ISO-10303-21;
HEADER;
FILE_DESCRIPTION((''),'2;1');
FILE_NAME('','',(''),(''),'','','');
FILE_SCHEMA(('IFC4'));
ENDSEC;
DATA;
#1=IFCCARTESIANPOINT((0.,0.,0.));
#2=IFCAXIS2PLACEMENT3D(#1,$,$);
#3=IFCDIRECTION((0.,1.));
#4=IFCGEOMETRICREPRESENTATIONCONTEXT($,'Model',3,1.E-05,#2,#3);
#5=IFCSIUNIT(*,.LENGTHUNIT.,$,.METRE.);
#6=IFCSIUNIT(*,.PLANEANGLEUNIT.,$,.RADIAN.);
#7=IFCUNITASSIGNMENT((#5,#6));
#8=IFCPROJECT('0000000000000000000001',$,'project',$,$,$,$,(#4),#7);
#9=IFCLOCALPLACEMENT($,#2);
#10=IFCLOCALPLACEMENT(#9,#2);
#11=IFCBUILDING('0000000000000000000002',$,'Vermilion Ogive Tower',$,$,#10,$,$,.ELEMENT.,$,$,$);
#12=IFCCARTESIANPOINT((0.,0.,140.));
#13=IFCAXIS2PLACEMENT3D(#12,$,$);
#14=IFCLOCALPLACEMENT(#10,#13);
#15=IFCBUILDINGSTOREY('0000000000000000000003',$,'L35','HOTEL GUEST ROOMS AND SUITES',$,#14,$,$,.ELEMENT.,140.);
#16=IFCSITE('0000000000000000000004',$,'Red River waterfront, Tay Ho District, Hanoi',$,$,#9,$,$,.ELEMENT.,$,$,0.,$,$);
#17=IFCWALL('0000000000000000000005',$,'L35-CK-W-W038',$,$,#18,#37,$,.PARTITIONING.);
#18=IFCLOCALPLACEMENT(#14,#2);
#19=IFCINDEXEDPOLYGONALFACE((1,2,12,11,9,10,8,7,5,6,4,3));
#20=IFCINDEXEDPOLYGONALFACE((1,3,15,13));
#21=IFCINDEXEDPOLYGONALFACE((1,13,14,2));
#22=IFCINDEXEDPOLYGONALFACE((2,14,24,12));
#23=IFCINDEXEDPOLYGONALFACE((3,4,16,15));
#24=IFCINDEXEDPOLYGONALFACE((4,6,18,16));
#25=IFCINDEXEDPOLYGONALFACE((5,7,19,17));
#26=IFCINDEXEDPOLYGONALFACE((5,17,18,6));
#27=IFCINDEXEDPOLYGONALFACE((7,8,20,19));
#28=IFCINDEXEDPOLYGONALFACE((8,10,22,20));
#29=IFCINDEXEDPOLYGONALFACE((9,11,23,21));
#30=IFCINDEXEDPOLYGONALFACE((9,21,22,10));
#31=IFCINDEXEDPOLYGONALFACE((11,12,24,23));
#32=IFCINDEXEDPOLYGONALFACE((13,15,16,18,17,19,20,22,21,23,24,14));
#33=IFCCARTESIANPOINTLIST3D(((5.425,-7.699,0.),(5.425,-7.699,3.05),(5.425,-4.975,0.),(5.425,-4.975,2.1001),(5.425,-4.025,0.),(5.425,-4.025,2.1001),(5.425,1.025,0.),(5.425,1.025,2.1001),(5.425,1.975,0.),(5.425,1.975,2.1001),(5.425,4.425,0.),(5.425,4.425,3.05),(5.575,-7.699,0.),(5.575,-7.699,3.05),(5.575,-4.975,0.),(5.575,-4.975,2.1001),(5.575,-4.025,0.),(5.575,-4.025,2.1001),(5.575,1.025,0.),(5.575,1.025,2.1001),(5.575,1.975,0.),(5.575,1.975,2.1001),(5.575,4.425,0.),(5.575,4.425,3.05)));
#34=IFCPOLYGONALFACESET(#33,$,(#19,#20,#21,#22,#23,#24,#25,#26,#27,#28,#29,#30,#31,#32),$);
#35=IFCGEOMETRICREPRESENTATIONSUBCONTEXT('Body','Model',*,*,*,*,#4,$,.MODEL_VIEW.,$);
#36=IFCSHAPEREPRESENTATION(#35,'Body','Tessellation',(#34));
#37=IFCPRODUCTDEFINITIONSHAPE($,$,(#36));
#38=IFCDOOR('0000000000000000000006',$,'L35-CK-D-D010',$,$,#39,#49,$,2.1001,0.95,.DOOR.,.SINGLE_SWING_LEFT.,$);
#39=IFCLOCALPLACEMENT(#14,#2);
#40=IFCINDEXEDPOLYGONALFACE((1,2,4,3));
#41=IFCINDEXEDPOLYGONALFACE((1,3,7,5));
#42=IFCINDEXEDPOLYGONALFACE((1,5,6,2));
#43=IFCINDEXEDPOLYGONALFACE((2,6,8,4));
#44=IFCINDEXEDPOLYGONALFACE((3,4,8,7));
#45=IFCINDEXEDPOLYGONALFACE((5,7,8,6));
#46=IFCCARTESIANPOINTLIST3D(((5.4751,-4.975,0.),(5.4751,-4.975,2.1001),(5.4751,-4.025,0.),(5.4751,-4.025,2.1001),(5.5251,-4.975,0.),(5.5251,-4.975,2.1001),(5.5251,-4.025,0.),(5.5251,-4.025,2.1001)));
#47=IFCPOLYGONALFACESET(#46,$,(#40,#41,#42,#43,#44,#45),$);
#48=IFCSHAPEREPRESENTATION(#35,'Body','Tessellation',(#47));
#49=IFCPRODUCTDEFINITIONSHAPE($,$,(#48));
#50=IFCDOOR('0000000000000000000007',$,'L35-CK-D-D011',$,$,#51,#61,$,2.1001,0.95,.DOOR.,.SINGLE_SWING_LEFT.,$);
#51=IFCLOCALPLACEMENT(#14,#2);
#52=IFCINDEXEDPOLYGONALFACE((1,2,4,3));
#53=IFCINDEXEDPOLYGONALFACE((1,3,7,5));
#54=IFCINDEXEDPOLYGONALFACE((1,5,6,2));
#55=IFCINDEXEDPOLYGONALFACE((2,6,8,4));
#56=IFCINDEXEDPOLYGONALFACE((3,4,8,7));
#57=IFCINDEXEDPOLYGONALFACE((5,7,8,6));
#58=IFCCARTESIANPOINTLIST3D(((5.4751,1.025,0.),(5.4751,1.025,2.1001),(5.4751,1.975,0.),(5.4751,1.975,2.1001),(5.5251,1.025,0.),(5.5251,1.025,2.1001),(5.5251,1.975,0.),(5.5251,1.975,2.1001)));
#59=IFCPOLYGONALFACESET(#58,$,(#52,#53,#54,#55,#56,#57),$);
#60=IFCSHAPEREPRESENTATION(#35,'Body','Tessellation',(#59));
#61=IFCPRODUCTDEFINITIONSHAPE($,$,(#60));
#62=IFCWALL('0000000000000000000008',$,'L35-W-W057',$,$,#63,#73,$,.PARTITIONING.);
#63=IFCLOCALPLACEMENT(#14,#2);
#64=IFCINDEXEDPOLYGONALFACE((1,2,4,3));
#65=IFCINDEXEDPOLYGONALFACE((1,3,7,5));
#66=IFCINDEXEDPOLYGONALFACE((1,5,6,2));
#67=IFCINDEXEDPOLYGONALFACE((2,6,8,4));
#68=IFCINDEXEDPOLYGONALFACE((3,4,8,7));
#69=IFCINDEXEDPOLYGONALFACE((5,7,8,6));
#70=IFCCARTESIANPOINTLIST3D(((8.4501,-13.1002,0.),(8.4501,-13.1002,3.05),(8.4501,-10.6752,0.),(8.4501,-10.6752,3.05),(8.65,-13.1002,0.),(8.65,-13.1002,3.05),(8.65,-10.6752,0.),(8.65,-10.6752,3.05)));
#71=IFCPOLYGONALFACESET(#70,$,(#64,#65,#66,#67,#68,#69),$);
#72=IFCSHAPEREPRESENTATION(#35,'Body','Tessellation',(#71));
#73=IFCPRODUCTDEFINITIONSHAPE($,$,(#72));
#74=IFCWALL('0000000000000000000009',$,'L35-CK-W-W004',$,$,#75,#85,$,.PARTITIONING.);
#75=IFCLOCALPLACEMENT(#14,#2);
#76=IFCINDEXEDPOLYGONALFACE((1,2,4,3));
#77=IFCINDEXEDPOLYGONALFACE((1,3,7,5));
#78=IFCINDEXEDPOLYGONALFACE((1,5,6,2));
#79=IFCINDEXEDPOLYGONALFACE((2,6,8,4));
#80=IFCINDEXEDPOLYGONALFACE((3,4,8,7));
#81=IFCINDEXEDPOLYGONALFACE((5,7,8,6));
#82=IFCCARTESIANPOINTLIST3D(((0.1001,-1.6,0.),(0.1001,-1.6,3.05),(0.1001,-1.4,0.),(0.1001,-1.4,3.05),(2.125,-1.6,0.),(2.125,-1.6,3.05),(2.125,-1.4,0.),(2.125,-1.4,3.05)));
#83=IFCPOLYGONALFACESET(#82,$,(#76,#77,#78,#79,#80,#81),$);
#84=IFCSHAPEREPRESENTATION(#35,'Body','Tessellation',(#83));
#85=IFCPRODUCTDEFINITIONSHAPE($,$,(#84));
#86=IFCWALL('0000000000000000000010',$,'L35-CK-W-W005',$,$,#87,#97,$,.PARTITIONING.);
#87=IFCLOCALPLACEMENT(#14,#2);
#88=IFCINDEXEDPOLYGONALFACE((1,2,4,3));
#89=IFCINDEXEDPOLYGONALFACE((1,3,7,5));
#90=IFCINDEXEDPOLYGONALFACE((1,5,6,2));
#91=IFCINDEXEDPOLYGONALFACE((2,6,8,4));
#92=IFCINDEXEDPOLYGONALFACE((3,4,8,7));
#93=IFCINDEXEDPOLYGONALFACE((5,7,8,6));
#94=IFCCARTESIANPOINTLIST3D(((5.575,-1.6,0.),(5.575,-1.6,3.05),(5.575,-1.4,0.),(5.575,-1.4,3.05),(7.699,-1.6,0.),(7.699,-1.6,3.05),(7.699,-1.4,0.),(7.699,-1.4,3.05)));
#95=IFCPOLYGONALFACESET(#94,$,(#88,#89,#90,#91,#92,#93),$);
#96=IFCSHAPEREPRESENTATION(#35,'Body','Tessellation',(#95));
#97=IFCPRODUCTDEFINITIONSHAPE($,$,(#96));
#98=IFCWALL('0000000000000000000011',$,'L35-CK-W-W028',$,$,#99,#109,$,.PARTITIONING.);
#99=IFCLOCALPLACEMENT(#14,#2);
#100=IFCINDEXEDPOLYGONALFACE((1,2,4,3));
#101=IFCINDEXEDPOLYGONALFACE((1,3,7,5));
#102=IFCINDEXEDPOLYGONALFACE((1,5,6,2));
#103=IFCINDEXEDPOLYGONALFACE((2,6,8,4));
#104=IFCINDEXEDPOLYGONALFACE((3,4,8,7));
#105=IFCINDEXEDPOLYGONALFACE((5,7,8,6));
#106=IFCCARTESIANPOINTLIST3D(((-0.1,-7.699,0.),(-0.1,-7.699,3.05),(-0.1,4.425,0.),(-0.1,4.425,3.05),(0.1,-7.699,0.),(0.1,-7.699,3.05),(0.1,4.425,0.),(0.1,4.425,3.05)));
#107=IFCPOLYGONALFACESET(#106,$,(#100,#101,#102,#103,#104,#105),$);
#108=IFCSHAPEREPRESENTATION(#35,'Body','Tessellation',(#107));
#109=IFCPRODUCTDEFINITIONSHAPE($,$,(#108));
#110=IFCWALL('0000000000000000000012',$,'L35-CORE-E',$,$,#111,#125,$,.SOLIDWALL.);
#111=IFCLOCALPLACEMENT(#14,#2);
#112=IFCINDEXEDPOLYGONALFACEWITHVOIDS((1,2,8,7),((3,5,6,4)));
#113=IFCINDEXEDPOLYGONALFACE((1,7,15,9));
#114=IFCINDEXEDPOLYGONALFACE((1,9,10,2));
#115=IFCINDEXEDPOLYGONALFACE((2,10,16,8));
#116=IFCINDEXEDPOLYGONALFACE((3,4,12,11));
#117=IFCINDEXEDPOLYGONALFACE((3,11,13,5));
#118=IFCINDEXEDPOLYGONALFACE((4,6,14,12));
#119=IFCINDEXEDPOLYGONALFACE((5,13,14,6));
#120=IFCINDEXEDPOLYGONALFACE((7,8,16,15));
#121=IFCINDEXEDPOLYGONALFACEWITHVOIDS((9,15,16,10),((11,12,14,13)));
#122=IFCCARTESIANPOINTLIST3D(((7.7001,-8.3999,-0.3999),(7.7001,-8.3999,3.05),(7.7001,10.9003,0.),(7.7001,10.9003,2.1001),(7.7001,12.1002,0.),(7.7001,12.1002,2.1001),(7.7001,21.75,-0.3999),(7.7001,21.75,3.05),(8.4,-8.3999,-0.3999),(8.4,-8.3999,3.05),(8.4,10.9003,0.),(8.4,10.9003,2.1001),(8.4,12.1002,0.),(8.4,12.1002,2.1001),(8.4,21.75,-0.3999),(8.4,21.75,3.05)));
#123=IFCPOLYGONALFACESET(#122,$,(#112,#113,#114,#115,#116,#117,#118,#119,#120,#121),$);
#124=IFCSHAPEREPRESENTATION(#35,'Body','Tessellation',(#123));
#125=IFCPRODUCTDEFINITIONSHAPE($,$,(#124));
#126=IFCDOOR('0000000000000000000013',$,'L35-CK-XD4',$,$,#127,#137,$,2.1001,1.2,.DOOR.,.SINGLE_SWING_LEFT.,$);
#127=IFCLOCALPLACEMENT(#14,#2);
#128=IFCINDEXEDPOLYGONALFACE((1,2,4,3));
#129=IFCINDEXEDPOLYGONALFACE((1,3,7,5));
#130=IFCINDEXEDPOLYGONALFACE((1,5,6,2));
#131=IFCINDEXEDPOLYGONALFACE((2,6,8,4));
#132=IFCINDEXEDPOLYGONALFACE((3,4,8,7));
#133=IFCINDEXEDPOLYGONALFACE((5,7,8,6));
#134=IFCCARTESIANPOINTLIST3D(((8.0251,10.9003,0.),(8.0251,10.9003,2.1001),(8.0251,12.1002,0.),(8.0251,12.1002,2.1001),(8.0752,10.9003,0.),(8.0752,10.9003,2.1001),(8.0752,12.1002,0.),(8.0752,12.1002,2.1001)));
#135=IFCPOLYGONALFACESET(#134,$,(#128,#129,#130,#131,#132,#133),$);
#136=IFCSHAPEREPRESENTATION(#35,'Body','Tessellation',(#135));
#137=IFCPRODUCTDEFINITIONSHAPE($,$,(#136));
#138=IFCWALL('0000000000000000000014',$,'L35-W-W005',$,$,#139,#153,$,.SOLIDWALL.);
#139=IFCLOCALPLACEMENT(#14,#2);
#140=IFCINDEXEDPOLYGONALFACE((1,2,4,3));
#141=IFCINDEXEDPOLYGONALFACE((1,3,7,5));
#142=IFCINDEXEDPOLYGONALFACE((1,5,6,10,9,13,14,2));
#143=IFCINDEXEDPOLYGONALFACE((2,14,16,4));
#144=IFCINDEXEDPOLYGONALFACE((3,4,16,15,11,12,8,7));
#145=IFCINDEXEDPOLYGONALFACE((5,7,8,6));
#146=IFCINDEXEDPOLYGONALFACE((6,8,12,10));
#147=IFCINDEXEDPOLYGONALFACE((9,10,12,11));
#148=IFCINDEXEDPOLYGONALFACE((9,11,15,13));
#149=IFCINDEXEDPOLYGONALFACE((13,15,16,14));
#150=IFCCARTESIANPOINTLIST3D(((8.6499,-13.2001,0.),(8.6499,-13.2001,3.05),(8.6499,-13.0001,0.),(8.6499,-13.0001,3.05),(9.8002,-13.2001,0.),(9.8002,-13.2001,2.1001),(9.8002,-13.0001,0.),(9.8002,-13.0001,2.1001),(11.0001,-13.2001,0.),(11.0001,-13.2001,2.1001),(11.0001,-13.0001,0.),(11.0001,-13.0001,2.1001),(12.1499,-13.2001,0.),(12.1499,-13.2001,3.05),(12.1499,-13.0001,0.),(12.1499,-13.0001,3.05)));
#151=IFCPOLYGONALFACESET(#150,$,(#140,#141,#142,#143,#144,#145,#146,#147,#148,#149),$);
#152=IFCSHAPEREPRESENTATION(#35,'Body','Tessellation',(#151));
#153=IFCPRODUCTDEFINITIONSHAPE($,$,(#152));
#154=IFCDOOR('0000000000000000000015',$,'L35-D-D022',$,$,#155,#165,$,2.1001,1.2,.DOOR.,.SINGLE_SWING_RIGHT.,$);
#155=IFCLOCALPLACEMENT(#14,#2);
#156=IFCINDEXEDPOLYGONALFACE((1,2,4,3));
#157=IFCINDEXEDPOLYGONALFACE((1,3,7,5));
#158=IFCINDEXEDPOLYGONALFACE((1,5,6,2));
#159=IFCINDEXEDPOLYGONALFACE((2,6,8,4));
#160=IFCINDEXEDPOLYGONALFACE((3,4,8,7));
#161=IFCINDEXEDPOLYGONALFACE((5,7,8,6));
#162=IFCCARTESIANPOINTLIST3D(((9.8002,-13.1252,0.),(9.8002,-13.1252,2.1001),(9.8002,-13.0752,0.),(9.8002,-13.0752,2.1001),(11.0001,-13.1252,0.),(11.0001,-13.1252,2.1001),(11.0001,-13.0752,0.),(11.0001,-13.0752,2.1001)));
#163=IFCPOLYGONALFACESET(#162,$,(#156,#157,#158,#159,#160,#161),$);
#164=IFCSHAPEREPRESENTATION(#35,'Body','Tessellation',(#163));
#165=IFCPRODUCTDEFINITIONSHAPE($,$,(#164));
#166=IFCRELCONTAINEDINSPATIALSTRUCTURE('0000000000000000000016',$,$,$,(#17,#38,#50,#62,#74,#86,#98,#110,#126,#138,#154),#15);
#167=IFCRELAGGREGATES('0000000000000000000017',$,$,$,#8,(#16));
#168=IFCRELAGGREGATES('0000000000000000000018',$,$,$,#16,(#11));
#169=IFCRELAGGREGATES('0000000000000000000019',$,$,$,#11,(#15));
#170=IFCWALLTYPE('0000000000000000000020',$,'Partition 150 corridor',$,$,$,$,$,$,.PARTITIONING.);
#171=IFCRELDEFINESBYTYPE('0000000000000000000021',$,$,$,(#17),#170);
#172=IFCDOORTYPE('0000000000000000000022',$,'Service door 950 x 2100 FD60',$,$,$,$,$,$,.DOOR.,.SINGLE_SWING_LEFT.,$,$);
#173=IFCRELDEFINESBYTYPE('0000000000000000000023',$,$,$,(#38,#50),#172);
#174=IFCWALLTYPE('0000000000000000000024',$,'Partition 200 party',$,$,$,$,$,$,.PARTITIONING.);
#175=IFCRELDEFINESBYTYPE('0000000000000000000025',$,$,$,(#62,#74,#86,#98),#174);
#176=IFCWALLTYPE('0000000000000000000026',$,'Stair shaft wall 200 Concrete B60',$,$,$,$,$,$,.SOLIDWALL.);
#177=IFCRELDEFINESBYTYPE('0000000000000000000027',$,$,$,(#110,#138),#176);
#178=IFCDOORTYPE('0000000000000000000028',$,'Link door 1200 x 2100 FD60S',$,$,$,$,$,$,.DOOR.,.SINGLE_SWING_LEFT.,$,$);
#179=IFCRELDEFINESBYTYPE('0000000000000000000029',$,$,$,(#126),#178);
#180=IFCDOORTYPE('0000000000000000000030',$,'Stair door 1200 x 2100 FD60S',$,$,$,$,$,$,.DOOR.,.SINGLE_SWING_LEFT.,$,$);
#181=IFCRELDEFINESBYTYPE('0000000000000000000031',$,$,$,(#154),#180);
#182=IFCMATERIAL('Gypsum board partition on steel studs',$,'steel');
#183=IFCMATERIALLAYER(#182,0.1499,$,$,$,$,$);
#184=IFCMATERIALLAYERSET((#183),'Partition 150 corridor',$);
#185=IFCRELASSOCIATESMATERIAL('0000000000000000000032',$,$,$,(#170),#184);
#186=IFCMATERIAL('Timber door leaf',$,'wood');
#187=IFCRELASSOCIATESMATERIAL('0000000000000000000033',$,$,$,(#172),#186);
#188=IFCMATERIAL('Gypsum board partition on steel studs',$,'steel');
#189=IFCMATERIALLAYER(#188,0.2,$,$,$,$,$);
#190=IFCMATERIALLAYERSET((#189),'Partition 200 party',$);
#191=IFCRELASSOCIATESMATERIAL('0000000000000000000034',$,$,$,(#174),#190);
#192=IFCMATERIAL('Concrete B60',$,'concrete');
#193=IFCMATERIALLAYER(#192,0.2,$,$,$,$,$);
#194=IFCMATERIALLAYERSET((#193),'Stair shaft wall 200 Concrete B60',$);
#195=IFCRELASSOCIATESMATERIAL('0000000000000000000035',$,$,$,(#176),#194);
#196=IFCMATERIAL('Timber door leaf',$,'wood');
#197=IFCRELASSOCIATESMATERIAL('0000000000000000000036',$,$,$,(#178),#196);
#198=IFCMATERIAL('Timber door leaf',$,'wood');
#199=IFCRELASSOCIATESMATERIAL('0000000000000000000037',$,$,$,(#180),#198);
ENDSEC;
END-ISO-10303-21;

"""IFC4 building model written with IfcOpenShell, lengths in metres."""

from ifc_helpers import new_model, si_unit, direction, frame, frame_2d, origin, place, context, subcontext, project, spatial, rectangle, extrude, material, layer, layer_set, type_object, element, fill, save


model = new_model("IFC4")

# Units and contexts
model_context = context("Model", 3, precision=1e-05, world=origin(), true_north=direction((0.0, 1.0)))
body_context = subcontext(model_context, "Body", "Model", "MODEL_VIEW")
ifc_project = project(units=[si_unit("LENGTHUNIT", "METRE"), si_unit("PLANEANGLEUNIT", "RADIAN")], contexts=[model_context])

# Site, building, storey
site_placement = place(None, origin())
site = spatial("IfcSite", under=ifc_project, at=site_placement, Name="Red River waterfront, Tay Ho District, Hanoi", CompositionType="ELEMENT", RefElevation=0.0)
building_placement = place(site_placement, origin())
building = spatial("IfcBuilding", under=site, at=building_placement, Name="Vermilion Ogive Tower", CompositionType="ELEMENT")
storey_placement = place(building_placement, frame((0.0, 0.0, 140.0)))
storey = spatial("IfcBuildingStorey", under=building, at=storey_placement, Name="L35", Description="HOTEL GUEST ROOMS AND SUITES", CompositionType="ELEMENT", Elevation=140.0)

# Wall, openings, doors
ifc_material_1 = material(Name="Gypsum board partition on steel studs", Category="steel")
ifc_layer_1 = layer(ifc_material_1, 0.1499)
ifc_layer_set_1 = layer_set([ifc_layer_1], Name="Partition 150 corridor")
wall_type_1 = type_object("IfcWallType", Name="Partition 150 corridor", PredefinedType="PARTITIONING", material=ifc_layer_set_1)
ifc_material_2 = material(Name="Timber door leaf", Category="wood")
door_type_1 = type_object("IfcDoorType", Name="Service door 950 x 2100 FD60", OperationType="SINGLE_SWING_LEFT", PredefinedType="DOOR", material=ifc_material_2)
wall_1_placement = place(storey_placement, frame((5.5, -7.699, 0.0), z_axis=(0.0, 0.0, 1.0), x_axis=(0.0, 1.0, 0.0)))
wall_1 = element("IfcWall", 1, at=wall_1_placement, inside=storey, type_object=wall_type_1, Name="L35-CK-W-W038", PredefinedType="PARTITIONING", context=body_context, shape_type="SweptSolid", body=[
    extrude(rectangle(XDim=12.124, YDim=0.1499, at=frame_2d((6.062, 0.0))), origin(), (0.0, 0.0, 1.0), 3.05),
])
opening_1_placement = place(wall_1_placement, frame((2.7239, 0.0, 0.0)))
opening_1 = element("IfcOpeningElement", 2, at=opening_1_placement, cuts=wall_1, PredefinedType="OPENING", context=body_context, shape_type="SweptSolid", body=[
    extrude(rectangle(XDim=0.95, YDim=2.1001, at=frame_2d((0.4751, 1.05))), frame((0.0, 0.085, 0.0), z_axis=(0.0, -1.0, 0.0), x_axis=(1.0, 0.0, 0.0)), (0.0, 0.0, 1.0), 0.1699),
])
opening_2_placement = place(wall_1_placement, frame((8.7239, 0.0, 0.0)))
opening_2 = element("IfcOpeningElement", 3, at=opening_2_placement, cuts=wall_1, PredefinedType="OPENING", context=body_context, shape_type="SweptSolid", body=[
    extrude(rectangle(XDim=0.95, YDim=2.1001, at=frame_2d((0.4751, 1.05))), frame((0.0, 0.085, 0.0), z_axis=(0.0, -1.0, 0.0), x_axis=(1.0, 0.0, 0.0)), (0.0, 0.0, 1.0), 0.1699),
])
door_1_placement = place(opening_1_placement, origin())
door_1 = element("IfcDoor", 4, at=door_1_placement, inside=storey, type_object=door_type_1, Name="L35-CK-D-D010", OperationType="SINGLE_SWING_LEFT", OverallHeight=2.1001, OverallWidth=0.95, PredefinedType="DOOR", context=body_context, shape_type="SweptSolid", body=[
    extrude(rectangle(XDim=0.95, YDim=2.1001, at=frame_2d((0.4751, 1.05))), frame((0.0, 0.0249, 0.0), z_axis=(0.0, -1.0, 0.0), x_axis=(1.0, 0.0, 0.0)), (0.0, 0.0, 1.0), 0.05),
])
fill(opening_1, door_1)
door_2_placement = place(opening_2_placement, origin())
door_2 = element("IfcDoor", 5, at=door_2_placement, inside=storey, type_object=door_type_1, Name="L35-CK-D-D011", OperationType="SINGLE_SWING_LEFT", OverallHeight=2.1001, OverallWidth=0.95, PredefinedType="DOOR", context=body_context, shape_type="SweptSolid", body=[
    extrude(rectangle(XDim=0.95, YDim=2.1001, at=frame_2d((0.4751, 1.05))), frame((0.0, 0.0249, 0.0), z_axis=(0.0, -1.0, 0.0), x_axis=(1.0, 0.0, 0.0)), (0.0, 0.0, 1.0), 0.05),
])
fill(opening_2, door_2)

# Walls
ifc_material_3 = material(Name="Gypsum board partition on steel studs", Category="steel")
ifc_layer_2 = layer(ifc_material_3, 0.2)
ifc_layer_set_2 = layer_set([ifc_layer_2], Name="Partition 200 party")
wall_type_2 = type_object("IfcWallType", Name="Partition 200 party", PredefinedType="PARTITIONING", material=ifc_layer_set_2)
wall_2_placement = place(storey_placement, frame((8.55, -13.1001, 0.0), z_axis=(0.0, 0.0, 1.0), x_axis=(0.0, 1.0, 0.0)))
element("IfcWall", 6, at=wall_2_placement, inside=storey, type_object=wall_type_2, Name="L35-W-W057", PredefinedType="PARTITIONING", context=body_context, shape_type="SweptSolid", body=[
    extrude(rectangle(XDim=2.425, YDim=0.2, at=frame_2d((1.2124, 0.0))), origin(), (0.0, 0.0, 1.0), 3.05),
])
wall_3_placement = place(storey_placement, frame((0.1001, -1.5, 0.0), z_axis=(0.0, 0.0, 1.0), x_axis=(1.0, 0.0, 0.0)))
element("IfcWall", 7, at=wall_3_placement, inside=storey, type_object=wall_type_2, Name="L35-CK-W-W004", PredefinedType="PARTITIONING", context=body_context, shape_type="SweptSolid", body=[
    extrude(rectangle(XDim=2.0249, YDim=0.2, at=frame_2d((1.0125, 0.0))), origin(), (0.0, 0.0, 1.0), 3.05),
])
wall_4_placement = place(storey_placement, frame((5.575, -1.5, 0.0), z_axis=(0.0, 0.0, 1.0), x_axis=(1.0, 0.0, 0.0)))
element("IfcWall", 8, at=wall_4_placement, inside=storey, type_object=wall_type_2, Name="L35-CK-W-W005", PredefinedType="PARTITIONING", context=body_context, shape_type="SweptSolid", body=[
    extrude(rectangle(XDim=2.124, YDim=0.2, at=frame_2d((1.062, 0.0))), origin(), (0.0, 0.0, 1.0), 3.05),
])
wall_5_placement = place(storey_placement, frame((0.0, -7.699, 0.0), z_axis=(0.0, 0.0, 1.0), x_axis=(0.0, 1.0, 0.0)))
element("IfcWall", 9, at=wall_5_placement, inside=storey, type_object=wall_type_2, Name="L35-CK-W-W028", PredefinedType="PARTITIONING", context=body_context, shape_type="SweptSolid", body=[
    extrude(rectangle(XDim=12.124, YDim=0.2, at=frame_2d((6.062, 0.0))), origin(), (0.0, 0.0, 1.0), 3.05),
])

# Walls, openings, doors
ifc_material_4 = material(Name="Concrete B60", Category="concrete")
ifc_layer_3 = layer(ifc_material_4, 0.2)
ifc_layer_set_3 = layer_set([ifc_layer_3], Name="Stair shaft wall 200 Concrete B60")
wall_type_3 = type_object("IfcWallType", Name="Stair shaft wall 200 Concrete B60", PredefinedType="SOLIDWALL", material=ifc_layer_set_3)
wall_6_placement = place(storey_placement, frame((8.05, -8.3999, -0.3999), z_axis=(0.0, 0.0, 1.0), x_axis=(0.0, 1.0, 0.0)))
wall_6 = element("IfcWall", 10, at=wall_6_placement, inside=storey, type_object=wall_type_3, Name="L35-CORE-E", PredefinedType="SOLIDWALL", context=body_context, shape_type="SweptSolid", body=[
    extrude(rectangle(XDim=30.1499, YDim=0.7, at=frame_2d((15.075, 0.0))), origin(), (0.0, 0.0, 1.0), 3.45),
])
opening_3_placement = place(wall_6_placement, frame((19.3, 0.0, 0.3999)))
opening_3 = element("IfcOpeningElement", 11, at=opening_3_placement, cuts=wall_6, PredefinedType="OPENING", context=body_context, shape_type="SweptSolid", body=[
    extrude(rectangle(XDim=1.2, YDim=2.1001, at=frame_2d((0.6001, 1.05))), frame((0.0, 0.3599, 0.0), z_axis=(0.0, -1.0, 0.0), x_axis=(1.0, 0.0, 0.0)), (0.0, 0.0, 1.0), 0.72),
])
ifc_material_5 = material(Name="Timber door leaf", Category="wood")
door_type_2 = type_object("IfcDoorType", Name="Link door 1200 x 2100 FD60S", OperationType="SINGLE_SWING_LEFT", PredefinedType="DOOR", material=ifc_material_5)
door_3_placement = place(opening_3_placement, origin())
door_3 = element("IfcDoor", 12, at=door_3_placement, inside=storey, type_object=door_type_2, Name="L35-CK-XD4", OperationType="SINGLE_SWING_LEFT", OverallHeight=2.1001, OverallWidth=1.2, PredefinedType="DOOR", context=body_context, shape_type="SweptSolid", body=[
    extrude(rectangle(XDim=1.2, YDim=2.1001, at=frame_2d((0.6001, 1.05))), frame((0.0, 0.0249, 0.0), z_axis=(0.0, -1.0, 0.0), x_axis=(1.0, 0.0, 0.0)), (0.0, 0.0, 1.0), 0.05),
])
fill(opening_3, door_3)
wall_7_placement = place(storey_placement, frame((8.6499, -13.1001, 0.0), z_axis=(0.0, 0.0, 1.0), x_axis=(1.0, 0.0, 0.0)))
wall_7 = element("IfcWall", 13, at=wall_7_placement, inside=storey, type_object=wall_type_3, Name="L35-W-W005", PredefinedType="SOLIDWALL", context=body_context, shape_type="SweptSolid", body=[
    extrude(rectangle(XDim=3.5, YDim=0.2, at=frame_2d((1.75, 0.0))), origin(), (0.0, 0.0, 1.0), 3.05),
])
opening_4_placement = place(wall_7_placement, frame((1.1501, 0.0, 0.0)))
opening_4 = element("IfcOpeningElement", 14, at=opening_4_placement, cuts=wall_7, PredefinedType="OPENING", context=body_context, shape_type="SweptSolid", body=[
    extrude(rectangle(XDim=1.2, YDim=2.1001, at=frame_2d((0.6001, 1.05))), frame((0.0, 0.1099, 0.0), z_axis=(0.0, -1.0, 0.0), x_axis=(1.0, 0.0, 0.0)), (0.0, 0.0, 1.0), 0.22),
])
ifc_material_6 = material(Name="Timber door leaf", Category="wood")
door_type_3 = type_object("IfcDoorType", Name="Stair door 1200 x 2100 FD60S", OperationType="SINGLE_SWING_LEFT", PredefinedType="DOOR", material=ifc_material_6)
door_4_placement = place(opening_4_placement, origin())
door_4 = element("IfcDoor", 15, at=door_4_placement, inside=storey, type_object=door_type_3, Name="L35-D-D022", OperationType="SINGLE_SWING_RIGHT", OverallHeight=2.1001, OverallWidth=1.2, PredefinedType="DOOR", context=body_context, shape_type="SweptSolid", body=[
    extrude(rectangle(XDim=1.2, YDim=2.1001, at=frame_2d((0.6001, 1.05))), frame((0.0, 0.0249, 0.0), z_axis=(0.0, -1.0, 0.0), x_axis=(1.0, 0.0, 0.0)), (0.0, 0.0, 1.0), 0.05),
])
fill(opening_4, door_4)

save(model, "model.ifc")
